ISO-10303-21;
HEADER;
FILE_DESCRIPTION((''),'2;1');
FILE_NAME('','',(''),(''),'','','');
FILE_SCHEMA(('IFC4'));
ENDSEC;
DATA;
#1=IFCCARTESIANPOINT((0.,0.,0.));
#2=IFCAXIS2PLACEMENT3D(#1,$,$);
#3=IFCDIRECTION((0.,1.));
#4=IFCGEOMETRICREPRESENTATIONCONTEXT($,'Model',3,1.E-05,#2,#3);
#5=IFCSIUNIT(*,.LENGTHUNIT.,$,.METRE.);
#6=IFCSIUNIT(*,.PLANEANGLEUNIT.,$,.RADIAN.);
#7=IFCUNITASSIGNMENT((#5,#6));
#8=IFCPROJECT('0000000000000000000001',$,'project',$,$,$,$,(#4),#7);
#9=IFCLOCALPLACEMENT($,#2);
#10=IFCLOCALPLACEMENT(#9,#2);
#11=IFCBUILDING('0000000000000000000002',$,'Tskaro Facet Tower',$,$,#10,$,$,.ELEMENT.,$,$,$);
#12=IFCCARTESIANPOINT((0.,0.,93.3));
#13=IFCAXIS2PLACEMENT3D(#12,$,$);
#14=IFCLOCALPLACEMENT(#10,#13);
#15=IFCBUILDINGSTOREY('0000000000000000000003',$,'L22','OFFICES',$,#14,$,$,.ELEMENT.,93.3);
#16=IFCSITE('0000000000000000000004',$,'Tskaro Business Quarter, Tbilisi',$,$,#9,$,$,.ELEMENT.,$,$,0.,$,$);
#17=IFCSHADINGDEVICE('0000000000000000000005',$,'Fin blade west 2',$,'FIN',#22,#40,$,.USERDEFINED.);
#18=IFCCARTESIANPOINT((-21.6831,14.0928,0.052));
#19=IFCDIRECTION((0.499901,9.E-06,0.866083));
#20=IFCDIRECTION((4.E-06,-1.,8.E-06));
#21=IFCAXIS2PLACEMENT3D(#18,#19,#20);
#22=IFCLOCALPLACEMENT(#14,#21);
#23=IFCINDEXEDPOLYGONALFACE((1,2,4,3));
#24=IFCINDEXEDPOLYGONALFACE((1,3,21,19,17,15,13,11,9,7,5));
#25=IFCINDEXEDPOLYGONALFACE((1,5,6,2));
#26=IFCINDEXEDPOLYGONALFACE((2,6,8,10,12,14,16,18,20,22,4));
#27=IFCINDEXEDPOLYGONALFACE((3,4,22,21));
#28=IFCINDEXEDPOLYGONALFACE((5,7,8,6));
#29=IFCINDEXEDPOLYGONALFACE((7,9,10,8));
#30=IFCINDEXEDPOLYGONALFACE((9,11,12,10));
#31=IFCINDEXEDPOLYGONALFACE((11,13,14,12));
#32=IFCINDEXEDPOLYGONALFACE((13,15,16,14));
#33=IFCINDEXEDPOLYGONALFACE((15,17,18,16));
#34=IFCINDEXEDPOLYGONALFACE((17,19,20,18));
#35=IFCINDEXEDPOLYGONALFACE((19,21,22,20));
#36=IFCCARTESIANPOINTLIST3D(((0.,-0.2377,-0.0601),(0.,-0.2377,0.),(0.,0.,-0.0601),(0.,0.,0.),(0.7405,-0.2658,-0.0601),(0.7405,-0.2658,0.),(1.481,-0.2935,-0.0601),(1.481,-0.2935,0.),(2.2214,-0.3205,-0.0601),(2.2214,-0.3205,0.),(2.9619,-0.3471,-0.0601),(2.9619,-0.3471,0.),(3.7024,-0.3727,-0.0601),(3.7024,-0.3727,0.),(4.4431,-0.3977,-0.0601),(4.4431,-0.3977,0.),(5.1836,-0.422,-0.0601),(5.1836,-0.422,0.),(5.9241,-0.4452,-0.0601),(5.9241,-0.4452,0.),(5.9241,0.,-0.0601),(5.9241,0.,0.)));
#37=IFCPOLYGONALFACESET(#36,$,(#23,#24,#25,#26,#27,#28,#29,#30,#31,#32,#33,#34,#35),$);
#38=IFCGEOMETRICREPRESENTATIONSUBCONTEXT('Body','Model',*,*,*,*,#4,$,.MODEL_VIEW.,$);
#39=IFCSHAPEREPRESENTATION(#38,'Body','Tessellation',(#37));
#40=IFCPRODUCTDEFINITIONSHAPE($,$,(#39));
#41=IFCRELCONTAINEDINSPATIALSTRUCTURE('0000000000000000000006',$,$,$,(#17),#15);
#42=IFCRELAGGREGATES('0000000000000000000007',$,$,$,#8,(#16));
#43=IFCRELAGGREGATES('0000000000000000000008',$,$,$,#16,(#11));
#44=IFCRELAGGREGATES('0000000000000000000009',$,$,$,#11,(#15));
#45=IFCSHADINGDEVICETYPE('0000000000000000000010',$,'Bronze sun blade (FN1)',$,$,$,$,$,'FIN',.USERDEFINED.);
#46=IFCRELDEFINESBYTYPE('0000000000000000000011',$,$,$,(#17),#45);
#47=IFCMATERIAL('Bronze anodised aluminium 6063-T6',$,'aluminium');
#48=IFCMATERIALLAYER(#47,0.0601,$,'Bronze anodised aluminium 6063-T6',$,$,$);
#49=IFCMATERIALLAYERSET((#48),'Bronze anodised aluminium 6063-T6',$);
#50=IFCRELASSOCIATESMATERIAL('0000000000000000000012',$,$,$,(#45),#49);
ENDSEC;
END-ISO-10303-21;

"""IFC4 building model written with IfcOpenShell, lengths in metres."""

from ifc_helpers import new_model, si_unit, direction, frame, origin, place, context, subcontext, project, spatial, polyline, outline, extrude, material, layer, layer_set, type_object, element, save


model = new_model("IFC4")

# Units and contexts
model_context = context("Model", 3, precision=1e-05, world=origin(), true_north=direction((0.0, 1.0)))
body_context = subcontext(model_context, "Body", "Model", "MODEL_VIEW")
ifc_project = project(units=[si_unit("LENGTHUNIT", "METRE"), si_unit("PLANEANGLEUNIT", "RADIAN")], contexts=[model_context])

# Site, building, storey
site_placement = place(None, origin())
site = spatial("IfcSite", under=ifc_project, at=site_placement, Name="Tskaro Business Quarter, Tbilisi", CompositionType="ELEMENT", RefElevation=0.0)
building_placement = place(site_placement, origin())
building = spatial("IfcBuilding", under=site, at=building_placement, Name="Tskaro Facet Tower", CompositionType="ELEMENT")
storey_placement = place(building_placement, frame((0.0, 0.0, 93.3)))
storey = spatial("IfcBuildingStorey", under=building, at=storey_placement, Name="L22", Description="OFFICES", CompositionType="ELEMENT", Elevation=93.3)

# Shared definitions
ifc_material_1 = material(Name="Bronze anodised aluminium 6063-T6", Category="aluminium")

# Shading device
ifc_layer_1 = layer(ifc_material_1, 0.0601, Name="Bronze anodised aluminium 6063-T6")
ifc_layer_set_1 = layer_set([ifc_layer_1], Name="Bronze anodised aluminium 6063-T6")
shading_device_type = type_object("IfcShadingDeviceType", Name="Bronze sun blade (FN1)", ElementType="FIN", PredefinedType="USERDEFINED", material=ifc_layer_set_1)
shading_device_1_placement = place(storey_placement, frame((-21.6831, 14.0928, 0.052), z_axis=(0.499901, 0.000009, 0.866083), x_axis=(0.000004, -1.0, 0.000008)))
element("IfcShadingDevice", 1, at=shading_device_1_placement, inside=storey, type_object=shading_device_type, Name="Fin blade west 2", ObjectType="FIN", PredefinedType="USERDEFINED", context=body_context, shape_type="SweptSolid", body=[
    extrude(outline(polyline([(0.0, 0.0), (5.9241, 0.0), (5.9241, -0.4452), (5.1836, -0.422), (4.4431, -0.3977), (3.7024, -0.3727), (2.9619, -0.3471), (2.2214, -0.3205), (1.481, -0.2935), (0.7405, -0.2658), (0.0, -0.2377), (0.0, 0.0)])), origin(), (0.0, 0.0, -1.0), 0.0601),
])

save(model, "model.ifc")
